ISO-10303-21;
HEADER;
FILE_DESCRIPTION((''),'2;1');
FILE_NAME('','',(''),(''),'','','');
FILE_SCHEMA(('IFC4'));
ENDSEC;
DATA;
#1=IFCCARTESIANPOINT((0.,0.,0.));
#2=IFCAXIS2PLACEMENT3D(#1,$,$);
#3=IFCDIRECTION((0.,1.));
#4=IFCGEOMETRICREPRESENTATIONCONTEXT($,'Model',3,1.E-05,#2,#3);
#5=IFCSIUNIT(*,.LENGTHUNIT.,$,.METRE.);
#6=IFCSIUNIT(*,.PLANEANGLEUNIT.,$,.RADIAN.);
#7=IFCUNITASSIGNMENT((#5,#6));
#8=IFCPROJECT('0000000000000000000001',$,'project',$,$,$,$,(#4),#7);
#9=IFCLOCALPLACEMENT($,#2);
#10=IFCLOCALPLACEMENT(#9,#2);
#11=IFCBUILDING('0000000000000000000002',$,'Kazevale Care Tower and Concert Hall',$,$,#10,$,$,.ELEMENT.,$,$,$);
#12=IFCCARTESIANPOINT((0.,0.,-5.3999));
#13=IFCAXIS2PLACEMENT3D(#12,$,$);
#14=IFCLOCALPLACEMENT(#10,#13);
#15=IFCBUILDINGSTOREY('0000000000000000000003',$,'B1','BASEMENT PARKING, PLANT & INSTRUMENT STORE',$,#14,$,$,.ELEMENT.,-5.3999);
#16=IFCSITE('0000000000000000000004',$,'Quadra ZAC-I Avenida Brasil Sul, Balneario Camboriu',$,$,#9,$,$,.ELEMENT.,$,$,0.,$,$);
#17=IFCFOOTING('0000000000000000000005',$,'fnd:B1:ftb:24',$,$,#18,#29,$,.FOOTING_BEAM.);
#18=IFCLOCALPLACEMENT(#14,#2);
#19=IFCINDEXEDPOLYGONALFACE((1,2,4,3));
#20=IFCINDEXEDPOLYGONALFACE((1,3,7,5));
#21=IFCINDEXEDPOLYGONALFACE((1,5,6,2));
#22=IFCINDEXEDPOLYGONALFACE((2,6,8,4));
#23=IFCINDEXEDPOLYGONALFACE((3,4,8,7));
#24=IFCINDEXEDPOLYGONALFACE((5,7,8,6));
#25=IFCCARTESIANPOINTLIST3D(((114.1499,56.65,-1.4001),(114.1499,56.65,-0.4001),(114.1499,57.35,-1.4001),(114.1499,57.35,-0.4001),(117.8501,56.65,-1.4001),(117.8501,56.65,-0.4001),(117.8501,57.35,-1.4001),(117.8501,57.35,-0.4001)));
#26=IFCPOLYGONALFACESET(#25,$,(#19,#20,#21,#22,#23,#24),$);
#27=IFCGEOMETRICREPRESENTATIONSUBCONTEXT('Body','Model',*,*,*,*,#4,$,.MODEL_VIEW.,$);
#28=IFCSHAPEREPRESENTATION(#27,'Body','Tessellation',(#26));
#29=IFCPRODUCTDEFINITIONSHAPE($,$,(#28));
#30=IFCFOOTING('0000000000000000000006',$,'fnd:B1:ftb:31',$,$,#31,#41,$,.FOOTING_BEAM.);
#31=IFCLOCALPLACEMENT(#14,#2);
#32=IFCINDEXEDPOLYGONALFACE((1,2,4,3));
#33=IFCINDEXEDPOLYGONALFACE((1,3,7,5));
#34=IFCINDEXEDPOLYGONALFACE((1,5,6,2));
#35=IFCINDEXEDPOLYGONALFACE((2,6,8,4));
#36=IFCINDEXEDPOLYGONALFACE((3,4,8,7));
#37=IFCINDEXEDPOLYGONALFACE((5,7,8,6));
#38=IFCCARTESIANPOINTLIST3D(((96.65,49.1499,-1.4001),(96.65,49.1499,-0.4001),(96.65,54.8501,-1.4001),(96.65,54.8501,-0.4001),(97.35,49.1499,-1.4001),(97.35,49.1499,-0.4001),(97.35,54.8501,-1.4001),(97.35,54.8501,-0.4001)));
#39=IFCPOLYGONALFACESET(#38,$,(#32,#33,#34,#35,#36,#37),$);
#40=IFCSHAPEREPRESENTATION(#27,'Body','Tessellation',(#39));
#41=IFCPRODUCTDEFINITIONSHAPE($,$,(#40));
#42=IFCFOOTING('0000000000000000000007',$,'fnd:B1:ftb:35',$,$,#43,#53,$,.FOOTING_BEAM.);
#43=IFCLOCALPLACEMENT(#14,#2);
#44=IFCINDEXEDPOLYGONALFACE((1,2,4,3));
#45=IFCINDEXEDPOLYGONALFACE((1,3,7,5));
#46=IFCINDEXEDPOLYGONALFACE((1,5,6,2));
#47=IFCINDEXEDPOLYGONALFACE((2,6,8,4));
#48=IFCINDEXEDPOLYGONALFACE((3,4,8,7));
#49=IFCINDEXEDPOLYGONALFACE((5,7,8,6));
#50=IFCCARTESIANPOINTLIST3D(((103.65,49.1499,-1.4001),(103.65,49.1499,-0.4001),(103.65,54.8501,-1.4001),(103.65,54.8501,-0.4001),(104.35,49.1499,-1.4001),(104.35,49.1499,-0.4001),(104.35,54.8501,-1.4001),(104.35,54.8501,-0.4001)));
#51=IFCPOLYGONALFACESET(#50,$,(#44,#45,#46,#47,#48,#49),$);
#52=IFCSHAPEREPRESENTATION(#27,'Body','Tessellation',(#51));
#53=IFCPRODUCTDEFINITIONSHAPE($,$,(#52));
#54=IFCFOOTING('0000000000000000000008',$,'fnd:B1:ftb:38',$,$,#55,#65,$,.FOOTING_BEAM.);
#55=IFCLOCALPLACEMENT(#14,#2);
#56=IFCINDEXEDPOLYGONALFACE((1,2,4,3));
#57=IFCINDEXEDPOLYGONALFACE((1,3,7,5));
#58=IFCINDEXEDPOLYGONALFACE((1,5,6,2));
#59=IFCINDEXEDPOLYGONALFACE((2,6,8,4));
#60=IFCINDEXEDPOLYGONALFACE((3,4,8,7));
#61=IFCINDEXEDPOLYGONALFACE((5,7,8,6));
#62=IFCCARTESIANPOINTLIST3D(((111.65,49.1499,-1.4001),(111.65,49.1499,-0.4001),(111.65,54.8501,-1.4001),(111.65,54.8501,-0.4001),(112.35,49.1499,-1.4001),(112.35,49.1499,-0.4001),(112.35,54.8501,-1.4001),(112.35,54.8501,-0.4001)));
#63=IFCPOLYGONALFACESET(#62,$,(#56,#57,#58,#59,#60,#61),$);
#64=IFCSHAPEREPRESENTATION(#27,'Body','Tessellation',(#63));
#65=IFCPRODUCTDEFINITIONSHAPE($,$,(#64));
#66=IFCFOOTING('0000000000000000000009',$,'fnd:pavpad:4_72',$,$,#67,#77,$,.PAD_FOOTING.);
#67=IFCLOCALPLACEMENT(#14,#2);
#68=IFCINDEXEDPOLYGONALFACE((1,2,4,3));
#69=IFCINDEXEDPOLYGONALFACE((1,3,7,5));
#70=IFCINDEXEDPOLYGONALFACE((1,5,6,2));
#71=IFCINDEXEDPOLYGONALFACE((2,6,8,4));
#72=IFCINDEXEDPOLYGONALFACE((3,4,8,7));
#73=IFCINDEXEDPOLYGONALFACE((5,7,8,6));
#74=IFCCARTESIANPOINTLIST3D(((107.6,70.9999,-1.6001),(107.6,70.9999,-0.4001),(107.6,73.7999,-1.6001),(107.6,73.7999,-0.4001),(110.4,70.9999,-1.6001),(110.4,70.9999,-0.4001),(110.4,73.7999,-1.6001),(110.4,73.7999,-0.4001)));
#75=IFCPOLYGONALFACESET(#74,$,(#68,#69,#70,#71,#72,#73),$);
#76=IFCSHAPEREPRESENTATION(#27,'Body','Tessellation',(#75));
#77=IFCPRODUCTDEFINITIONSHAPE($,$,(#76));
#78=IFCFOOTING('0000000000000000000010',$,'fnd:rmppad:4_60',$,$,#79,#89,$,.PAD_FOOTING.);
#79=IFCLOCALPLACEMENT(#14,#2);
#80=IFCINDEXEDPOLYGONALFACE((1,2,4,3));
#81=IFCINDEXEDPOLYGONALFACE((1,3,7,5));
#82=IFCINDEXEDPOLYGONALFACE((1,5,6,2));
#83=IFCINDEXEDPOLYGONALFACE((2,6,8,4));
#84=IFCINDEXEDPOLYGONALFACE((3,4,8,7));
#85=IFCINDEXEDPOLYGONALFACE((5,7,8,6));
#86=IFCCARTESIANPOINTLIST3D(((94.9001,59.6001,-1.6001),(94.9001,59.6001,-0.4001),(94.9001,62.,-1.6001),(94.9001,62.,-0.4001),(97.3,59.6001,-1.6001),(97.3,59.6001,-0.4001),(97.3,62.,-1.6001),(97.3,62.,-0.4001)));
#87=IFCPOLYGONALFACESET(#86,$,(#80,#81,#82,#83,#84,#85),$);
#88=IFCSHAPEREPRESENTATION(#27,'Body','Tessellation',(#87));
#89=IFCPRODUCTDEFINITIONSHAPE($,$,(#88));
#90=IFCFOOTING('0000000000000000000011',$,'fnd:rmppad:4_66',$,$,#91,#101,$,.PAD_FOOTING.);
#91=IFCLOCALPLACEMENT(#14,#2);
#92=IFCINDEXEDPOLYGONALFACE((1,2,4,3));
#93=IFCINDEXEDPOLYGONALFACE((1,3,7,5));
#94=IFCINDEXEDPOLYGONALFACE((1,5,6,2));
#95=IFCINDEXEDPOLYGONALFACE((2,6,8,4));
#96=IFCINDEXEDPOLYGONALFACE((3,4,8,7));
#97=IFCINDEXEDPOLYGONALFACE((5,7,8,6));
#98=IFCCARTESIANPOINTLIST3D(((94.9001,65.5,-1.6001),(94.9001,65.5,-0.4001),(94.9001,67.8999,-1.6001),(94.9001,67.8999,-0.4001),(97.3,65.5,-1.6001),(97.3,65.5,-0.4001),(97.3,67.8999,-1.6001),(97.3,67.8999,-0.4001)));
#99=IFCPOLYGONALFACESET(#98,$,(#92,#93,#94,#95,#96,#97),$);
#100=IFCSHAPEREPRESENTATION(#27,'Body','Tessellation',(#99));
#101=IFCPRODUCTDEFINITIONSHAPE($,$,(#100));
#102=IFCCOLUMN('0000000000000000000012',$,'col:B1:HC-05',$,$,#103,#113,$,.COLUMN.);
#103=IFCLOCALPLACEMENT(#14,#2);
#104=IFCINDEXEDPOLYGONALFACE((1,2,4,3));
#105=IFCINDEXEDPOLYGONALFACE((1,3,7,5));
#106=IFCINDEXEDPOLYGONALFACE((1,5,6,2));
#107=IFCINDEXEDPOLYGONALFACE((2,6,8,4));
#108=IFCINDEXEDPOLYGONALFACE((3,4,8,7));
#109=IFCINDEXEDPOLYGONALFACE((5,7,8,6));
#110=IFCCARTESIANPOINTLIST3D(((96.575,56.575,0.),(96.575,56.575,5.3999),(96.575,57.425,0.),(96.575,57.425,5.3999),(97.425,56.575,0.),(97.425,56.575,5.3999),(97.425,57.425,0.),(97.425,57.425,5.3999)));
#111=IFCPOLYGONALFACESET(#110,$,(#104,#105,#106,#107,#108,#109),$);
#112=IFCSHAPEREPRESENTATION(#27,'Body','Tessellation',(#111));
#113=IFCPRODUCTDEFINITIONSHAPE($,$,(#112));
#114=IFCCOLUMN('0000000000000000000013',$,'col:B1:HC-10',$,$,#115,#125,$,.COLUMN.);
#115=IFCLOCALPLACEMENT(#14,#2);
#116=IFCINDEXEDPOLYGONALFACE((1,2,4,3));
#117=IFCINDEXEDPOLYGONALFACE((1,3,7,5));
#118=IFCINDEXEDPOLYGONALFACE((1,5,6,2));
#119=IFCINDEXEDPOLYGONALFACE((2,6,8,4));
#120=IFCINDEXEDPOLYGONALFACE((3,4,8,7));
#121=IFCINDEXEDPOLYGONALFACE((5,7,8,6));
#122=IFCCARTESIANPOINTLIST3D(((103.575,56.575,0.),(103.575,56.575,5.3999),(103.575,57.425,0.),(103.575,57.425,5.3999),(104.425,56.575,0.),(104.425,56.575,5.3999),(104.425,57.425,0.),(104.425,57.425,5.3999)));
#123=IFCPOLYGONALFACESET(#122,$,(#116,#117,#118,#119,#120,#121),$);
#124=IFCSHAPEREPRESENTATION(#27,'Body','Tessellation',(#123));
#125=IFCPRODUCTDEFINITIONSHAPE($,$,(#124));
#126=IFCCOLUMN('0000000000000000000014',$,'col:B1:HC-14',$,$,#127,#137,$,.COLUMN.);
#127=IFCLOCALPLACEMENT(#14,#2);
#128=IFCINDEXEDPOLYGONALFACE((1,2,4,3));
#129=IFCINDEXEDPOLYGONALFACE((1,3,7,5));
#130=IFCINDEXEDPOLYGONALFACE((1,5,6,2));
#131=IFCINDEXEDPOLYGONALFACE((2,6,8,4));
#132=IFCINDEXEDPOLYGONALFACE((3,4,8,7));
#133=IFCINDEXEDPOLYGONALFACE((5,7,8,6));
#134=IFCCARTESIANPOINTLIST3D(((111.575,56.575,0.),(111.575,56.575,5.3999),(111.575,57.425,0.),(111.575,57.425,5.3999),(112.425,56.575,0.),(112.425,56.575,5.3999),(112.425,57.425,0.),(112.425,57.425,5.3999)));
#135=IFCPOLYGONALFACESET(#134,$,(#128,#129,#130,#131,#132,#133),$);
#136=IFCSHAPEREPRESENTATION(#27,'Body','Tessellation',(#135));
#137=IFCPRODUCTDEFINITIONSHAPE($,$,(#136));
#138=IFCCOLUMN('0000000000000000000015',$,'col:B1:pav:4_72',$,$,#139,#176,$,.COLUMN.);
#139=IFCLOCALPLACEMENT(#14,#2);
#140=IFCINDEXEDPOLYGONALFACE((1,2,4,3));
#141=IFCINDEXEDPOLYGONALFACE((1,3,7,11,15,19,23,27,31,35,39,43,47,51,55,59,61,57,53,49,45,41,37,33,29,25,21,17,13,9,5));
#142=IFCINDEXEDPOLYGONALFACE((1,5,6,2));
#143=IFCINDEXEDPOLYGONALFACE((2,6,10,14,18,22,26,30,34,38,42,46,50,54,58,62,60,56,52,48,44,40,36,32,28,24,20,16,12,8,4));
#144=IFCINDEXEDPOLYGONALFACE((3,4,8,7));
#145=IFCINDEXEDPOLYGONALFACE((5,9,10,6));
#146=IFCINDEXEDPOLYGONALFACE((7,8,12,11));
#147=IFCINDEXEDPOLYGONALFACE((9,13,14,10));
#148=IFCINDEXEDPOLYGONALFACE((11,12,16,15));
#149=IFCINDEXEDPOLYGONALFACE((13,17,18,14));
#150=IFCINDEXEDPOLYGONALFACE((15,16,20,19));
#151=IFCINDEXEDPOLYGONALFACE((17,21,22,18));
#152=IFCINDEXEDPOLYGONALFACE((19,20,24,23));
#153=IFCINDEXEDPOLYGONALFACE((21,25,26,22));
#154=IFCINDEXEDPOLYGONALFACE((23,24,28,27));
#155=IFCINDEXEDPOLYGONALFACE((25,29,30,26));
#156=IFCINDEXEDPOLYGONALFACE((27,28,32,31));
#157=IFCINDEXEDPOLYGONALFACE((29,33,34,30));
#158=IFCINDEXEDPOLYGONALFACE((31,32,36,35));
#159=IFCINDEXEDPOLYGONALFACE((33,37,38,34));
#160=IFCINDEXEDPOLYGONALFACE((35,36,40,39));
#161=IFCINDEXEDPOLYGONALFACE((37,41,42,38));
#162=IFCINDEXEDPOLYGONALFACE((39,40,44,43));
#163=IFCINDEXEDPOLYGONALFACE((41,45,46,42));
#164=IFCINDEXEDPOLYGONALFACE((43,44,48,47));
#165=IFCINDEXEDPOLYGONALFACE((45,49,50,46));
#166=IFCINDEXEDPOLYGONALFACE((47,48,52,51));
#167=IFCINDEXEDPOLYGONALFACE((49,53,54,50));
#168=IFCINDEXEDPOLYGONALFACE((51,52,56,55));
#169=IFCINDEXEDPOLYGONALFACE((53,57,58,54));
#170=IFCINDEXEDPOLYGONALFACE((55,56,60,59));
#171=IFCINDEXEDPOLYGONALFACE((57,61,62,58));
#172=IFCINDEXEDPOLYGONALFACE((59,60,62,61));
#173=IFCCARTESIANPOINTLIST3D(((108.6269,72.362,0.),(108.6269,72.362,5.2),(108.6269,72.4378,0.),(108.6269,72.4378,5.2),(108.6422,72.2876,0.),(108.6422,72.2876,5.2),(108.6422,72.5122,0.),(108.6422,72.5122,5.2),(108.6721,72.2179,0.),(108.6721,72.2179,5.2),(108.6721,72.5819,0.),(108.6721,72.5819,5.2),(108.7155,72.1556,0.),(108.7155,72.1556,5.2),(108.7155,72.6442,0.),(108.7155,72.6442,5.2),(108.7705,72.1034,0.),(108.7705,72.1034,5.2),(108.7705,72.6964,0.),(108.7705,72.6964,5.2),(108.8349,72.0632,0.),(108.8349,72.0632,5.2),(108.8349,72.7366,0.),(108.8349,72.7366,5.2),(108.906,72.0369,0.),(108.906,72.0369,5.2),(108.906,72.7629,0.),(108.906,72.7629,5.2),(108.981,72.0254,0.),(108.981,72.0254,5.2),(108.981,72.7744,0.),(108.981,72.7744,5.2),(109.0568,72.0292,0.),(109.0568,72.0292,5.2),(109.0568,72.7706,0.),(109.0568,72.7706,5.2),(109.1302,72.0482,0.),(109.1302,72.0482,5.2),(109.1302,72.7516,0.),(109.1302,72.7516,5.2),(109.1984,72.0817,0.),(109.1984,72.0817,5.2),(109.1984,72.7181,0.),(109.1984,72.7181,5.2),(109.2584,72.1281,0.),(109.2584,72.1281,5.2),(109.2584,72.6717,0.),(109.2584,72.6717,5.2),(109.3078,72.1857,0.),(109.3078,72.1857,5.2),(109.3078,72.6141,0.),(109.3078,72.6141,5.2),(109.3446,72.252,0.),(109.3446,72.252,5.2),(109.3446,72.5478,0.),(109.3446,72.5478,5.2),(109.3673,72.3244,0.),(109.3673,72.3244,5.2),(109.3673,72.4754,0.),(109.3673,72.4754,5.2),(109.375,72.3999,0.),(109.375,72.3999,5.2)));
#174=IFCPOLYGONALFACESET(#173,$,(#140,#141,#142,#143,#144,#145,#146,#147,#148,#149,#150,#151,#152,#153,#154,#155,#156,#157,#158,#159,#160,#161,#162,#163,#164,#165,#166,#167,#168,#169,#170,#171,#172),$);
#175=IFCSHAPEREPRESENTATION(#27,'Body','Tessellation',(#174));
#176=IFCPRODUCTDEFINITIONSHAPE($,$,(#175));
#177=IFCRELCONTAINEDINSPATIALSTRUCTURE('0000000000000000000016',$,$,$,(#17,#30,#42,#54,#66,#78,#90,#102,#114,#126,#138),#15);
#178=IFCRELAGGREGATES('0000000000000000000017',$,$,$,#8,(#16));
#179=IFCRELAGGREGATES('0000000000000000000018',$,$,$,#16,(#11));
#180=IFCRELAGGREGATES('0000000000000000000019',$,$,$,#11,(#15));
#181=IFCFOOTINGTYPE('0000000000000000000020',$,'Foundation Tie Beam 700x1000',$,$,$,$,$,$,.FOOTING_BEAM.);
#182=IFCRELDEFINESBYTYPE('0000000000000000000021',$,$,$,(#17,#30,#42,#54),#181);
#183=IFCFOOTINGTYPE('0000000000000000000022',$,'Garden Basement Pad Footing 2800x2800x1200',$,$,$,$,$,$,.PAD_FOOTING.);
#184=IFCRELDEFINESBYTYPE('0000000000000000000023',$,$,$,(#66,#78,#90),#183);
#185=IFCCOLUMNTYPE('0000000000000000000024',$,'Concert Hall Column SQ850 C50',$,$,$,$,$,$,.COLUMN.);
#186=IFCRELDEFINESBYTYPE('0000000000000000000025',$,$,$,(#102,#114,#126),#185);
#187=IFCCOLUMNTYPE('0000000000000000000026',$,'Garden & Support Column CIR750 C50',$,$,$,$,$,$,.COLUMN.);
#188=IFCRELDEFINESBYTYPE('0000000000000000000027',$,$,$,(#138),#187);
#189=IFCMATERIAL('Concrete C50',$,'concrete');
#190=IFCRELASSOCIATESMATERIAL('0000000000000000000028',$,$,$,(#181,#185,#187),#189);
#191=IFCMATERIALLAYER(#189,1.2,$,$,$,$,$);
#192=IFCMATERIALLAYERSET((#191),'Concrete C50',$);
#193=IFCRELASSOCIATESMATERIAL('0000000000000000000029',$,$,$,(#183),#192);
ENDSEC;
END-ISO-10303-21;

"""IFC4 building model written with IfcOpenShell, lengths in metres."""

from ifc_helpers import new_model, si_unit, direction, frame, frame_2d, origin, origin_2d, place, context, subcontext, project, spatial, rectangle, circle, extrude, material, layer, layer_set, material_profile, profile_set, type_object, element, save


model = new_model("IFC4")

# Units and contexts
model_context = context("Model", 3, precision=1e-05, world=origin(), true_north=direction((0.0, 1.0)))
body_context = subcontext(model_context, "Body", "Model", "MODEL_VIEW")
ifc_project = project(units=[si_unit("LENGTHUNIT", "METRE"), si_unit("PLANEANGLEUNIT", "RADIAN")], contexts=[model_context])

# Site, building, storey
site_placement = place(None, origin())
site = spatial("IfcSite", under=ifc_project, at=site_placement, Name="Quadra ZAC-I Avenida Brasil Sul, Balneario Camboriu", CompositionType="ELEMENT", RefElevation=0.0)
building_placement = place(site_placement, origin())
building = spatial("IfcBuilding", under=site, at=building_placement, Name="Kazevale Care Tower and Concert Hall", CompositionType="ELEMENT")
storey_placement = place(building_placement, frame((0.0, 0.0, -5.3999)))
storey = spatial("IfcBuildingStorey", under=building, at=storey_placement, Name="B1", Description="BASEMENT PARKING, PLANT & INSTRUMENT STORE", CompositionType="ELEMENT", Elevation=-5.3999)

# Shared definitions
ifc_material_1 = material(Name="Concrete C50", Category="concrete")

# Footings
ifc_material_profile_1 = material_profile(ifc_material_1, rectangle(XDim=0.7, YDim=1.0, at=origin_2d()), Name="RC-GB700x1000")
ifc_profile_set_1 = profile_set([ifc_material_profile_1], Name="Concrete C50")
footing_type_1 = type_object("IfcFootingType", Name="Foundation Tie Beam 700x1000", PredefinedType="FOOTING_BEAM", material=ifc_profile_set_1)
for number, where, z_axis, x_axis, name in (
    (1, (114.1499, 57.0, -1.4001), (0.0, 0.0, 1.0), (1.0, 0.0, 0.0), "fnd:B1:ftb:24"),
):
    element("IfcFooting", number, at=place(storey_placement, frame(where, z_axis=z_axis, x_axis=x_axis)), inside=storey, type_object=footing_type_1, Name=name, PredefinedType="FOOTING_BEAM", context=body_context, shape_type="SweptSolid", body=[
        extrude(rectangle(XDim=3.7002, YDim=0.7, at=frame_2d((1.8501, 0.0))), origin(), (0.0, 0.0, 1.0), 1.0),
    ])
for number, where, z_axis, x_axis, name in (
    (2, (97.0, 49.1499, -1.4001), (0.0, 0.0, 1.0), (0.0, 1.0, 0.0), "fnd:B1:ftb:31"),
    (3, (104.0, 49.1499, -1.4001), (0.0, 0.0, 1.0), (0.0, 1.0, 0.0), "fnd:B1:ftb:35"),
    (4, (112.0, 49.1499, -1.4001), (0.0, 0.0, 1.0), (0.0, 1.0, 0.0), "fnd:B1:ftb:38"),
):
    element("IfcFooting", number, at=place(storey_placement, frame(where, z_axis=z_axis, x_axis=x_axis)), inside=storey, type_object=footing_type_1, Name=name, PredefinedType="FOOTING_BEAM", context=body_context, shape_type="SweptSolid", body=[
        extrude(rectangle(XDim=5.7002, YDim=0.7, at=frame_2d((2.8501, 0.0))), origin(), (0.0, 0.0, 1.0), 1.0),
    ])
ifc_layer_1 = layer(ifc_material_1, 1.2)
ifc_layer_set_1 = layer_set([ifc_layer_1], Name="Concrete C50")
footing_type_2 = type_object("IfcFootingType", Name="Garden Basement Pad Footing 2800x2800x1200", PredefinedType="PAD_FOOTING", material=ifc_layer_set_1)
footing_1_placement = place(storey_placement, frame((109.0, 72.3999, -1.6001), z_axis=(0.0, 0.0, 1.0), x_axis=(1.0, 0.0, 0.0)))
element("IfcFooting", 5, at=footing_1_placement, inside=storey, type_object=footing_type_2, Name="fnd:pavpad:4_72", PredefinedType="PAD_FOOTING", context=body_context, shape_type="SweptSolid", body=[
    extrude(rectangle(XDim=2.8, YDim=2.8, at=origin_2d()), origin(), (0.0, 0.0, 1.0), 1.2),
])
for number, where, z_axis, x_axis, name in (
    (6, (96.1001, 60.8, -1.6001), (0.0, 0.0, 1.0), (1.0, 0.0, 0.0), "fnd:rmppad:4_60"),
    (7, (96.1001, 66.7, -1.6001), (0.0, 0.0, 1.0), (1.0, 0.0, 0.0), "fnd:rmppad:4_66"),
):
    element("IfcFooting", number, at=place(storey_placement, frame(where, z_axis=z_axis, x_axis=x_axis)), inside=storey, type_object=footing_type_2, Name=name, PredefinedType="PAD_FOOTING", context=body_context, shape_type="SweptSolid", body=[
        extrude(rectangle(XDim=2.3999, YDim=2.3999, at=origin_2d()), origin(), (0.0, 0.0, 1.0), 1.2),
    ])

# Columns
ifc_material_profile_2 = material_profile(ifc_material_1, rectangle(XDim=0.8501, YDim=0.8501, at=origin_2d()), Name="RC-SQ850")
ifc_profile_set_2 = profile_set([ifc_material_profile_2], Name="Concrete C50")
column_type_1 = type_object("IfcColumnType", Name="Concert Hall Column SQ850 C50", PredefinedType="COLUMN", material=ifc_profile_set_2)
for number, where, z_axis, x_axis, name in (
    (8, (97.0, 57.0, 0.0), (0.0, 0.0, 1.0), (1.0, 0.0, 0.0), "col:B1:HC-05"),
    (9, (104.0, 57.0, 0.0), (0.0, 0.0, 1.0), (1.0, 0.0, 0.0), "col:B1:HC-10"),
    (10, (112.0, 57.0, 0.0), (0.0, 0.0, 1.0), (1.0, 0.0, 0.0), "col:B1:HC-14"),
):
    element("IfcColumn", number, at=place(storey_placement, frame(where, z_axis=z_axis, x_axis=x_axis)), inside=storey, type_object=column_type_1, Name=name, PredefinedType="COLUMN", context=body_context, shape_type="SweptSolid", body=[
        extrude(rectangle(XDim=0.8501, YDim=0.8501, at=origin_2d()), origin(), (0.0, 0.0, 1.0), 5.3999),
    ])
ifc_material_profile_3 = material_profile(ifc_material_1, circle(Radius=0.375, at=origin_2d()), Name="RC-CIR750")
ifc_profile_set_3 = profile_set([ifc_material_profile_3], Name="Concrete C50")
column_type_2 = type_object("IfcColumnType", Name="Garden & Support Column CIR750 C50", PredefinedType="COLUMN", material=ifc_profile_set_3)
column_1_placement = place(storey_placement, frame((109.0, 72.3999, 0.0), z_axis=(0.0, 0.0, 1.0), x_axis=(1.0, 0.0, 0.0)))
element("IfcColumn", 11, at=column_1_placement, inside=storey, type_object=column_type_2, Name="col:B1:pav:4_72", PredefinedType="COLUMN", context=body_context, shape_type="SweptSolid", body=[
    extrude(circle(Radius=0.375, at=origin_2d()), origin(), (0.0, 0.0, 1.0), 5.2),
])

save(model, "model.ifc")
